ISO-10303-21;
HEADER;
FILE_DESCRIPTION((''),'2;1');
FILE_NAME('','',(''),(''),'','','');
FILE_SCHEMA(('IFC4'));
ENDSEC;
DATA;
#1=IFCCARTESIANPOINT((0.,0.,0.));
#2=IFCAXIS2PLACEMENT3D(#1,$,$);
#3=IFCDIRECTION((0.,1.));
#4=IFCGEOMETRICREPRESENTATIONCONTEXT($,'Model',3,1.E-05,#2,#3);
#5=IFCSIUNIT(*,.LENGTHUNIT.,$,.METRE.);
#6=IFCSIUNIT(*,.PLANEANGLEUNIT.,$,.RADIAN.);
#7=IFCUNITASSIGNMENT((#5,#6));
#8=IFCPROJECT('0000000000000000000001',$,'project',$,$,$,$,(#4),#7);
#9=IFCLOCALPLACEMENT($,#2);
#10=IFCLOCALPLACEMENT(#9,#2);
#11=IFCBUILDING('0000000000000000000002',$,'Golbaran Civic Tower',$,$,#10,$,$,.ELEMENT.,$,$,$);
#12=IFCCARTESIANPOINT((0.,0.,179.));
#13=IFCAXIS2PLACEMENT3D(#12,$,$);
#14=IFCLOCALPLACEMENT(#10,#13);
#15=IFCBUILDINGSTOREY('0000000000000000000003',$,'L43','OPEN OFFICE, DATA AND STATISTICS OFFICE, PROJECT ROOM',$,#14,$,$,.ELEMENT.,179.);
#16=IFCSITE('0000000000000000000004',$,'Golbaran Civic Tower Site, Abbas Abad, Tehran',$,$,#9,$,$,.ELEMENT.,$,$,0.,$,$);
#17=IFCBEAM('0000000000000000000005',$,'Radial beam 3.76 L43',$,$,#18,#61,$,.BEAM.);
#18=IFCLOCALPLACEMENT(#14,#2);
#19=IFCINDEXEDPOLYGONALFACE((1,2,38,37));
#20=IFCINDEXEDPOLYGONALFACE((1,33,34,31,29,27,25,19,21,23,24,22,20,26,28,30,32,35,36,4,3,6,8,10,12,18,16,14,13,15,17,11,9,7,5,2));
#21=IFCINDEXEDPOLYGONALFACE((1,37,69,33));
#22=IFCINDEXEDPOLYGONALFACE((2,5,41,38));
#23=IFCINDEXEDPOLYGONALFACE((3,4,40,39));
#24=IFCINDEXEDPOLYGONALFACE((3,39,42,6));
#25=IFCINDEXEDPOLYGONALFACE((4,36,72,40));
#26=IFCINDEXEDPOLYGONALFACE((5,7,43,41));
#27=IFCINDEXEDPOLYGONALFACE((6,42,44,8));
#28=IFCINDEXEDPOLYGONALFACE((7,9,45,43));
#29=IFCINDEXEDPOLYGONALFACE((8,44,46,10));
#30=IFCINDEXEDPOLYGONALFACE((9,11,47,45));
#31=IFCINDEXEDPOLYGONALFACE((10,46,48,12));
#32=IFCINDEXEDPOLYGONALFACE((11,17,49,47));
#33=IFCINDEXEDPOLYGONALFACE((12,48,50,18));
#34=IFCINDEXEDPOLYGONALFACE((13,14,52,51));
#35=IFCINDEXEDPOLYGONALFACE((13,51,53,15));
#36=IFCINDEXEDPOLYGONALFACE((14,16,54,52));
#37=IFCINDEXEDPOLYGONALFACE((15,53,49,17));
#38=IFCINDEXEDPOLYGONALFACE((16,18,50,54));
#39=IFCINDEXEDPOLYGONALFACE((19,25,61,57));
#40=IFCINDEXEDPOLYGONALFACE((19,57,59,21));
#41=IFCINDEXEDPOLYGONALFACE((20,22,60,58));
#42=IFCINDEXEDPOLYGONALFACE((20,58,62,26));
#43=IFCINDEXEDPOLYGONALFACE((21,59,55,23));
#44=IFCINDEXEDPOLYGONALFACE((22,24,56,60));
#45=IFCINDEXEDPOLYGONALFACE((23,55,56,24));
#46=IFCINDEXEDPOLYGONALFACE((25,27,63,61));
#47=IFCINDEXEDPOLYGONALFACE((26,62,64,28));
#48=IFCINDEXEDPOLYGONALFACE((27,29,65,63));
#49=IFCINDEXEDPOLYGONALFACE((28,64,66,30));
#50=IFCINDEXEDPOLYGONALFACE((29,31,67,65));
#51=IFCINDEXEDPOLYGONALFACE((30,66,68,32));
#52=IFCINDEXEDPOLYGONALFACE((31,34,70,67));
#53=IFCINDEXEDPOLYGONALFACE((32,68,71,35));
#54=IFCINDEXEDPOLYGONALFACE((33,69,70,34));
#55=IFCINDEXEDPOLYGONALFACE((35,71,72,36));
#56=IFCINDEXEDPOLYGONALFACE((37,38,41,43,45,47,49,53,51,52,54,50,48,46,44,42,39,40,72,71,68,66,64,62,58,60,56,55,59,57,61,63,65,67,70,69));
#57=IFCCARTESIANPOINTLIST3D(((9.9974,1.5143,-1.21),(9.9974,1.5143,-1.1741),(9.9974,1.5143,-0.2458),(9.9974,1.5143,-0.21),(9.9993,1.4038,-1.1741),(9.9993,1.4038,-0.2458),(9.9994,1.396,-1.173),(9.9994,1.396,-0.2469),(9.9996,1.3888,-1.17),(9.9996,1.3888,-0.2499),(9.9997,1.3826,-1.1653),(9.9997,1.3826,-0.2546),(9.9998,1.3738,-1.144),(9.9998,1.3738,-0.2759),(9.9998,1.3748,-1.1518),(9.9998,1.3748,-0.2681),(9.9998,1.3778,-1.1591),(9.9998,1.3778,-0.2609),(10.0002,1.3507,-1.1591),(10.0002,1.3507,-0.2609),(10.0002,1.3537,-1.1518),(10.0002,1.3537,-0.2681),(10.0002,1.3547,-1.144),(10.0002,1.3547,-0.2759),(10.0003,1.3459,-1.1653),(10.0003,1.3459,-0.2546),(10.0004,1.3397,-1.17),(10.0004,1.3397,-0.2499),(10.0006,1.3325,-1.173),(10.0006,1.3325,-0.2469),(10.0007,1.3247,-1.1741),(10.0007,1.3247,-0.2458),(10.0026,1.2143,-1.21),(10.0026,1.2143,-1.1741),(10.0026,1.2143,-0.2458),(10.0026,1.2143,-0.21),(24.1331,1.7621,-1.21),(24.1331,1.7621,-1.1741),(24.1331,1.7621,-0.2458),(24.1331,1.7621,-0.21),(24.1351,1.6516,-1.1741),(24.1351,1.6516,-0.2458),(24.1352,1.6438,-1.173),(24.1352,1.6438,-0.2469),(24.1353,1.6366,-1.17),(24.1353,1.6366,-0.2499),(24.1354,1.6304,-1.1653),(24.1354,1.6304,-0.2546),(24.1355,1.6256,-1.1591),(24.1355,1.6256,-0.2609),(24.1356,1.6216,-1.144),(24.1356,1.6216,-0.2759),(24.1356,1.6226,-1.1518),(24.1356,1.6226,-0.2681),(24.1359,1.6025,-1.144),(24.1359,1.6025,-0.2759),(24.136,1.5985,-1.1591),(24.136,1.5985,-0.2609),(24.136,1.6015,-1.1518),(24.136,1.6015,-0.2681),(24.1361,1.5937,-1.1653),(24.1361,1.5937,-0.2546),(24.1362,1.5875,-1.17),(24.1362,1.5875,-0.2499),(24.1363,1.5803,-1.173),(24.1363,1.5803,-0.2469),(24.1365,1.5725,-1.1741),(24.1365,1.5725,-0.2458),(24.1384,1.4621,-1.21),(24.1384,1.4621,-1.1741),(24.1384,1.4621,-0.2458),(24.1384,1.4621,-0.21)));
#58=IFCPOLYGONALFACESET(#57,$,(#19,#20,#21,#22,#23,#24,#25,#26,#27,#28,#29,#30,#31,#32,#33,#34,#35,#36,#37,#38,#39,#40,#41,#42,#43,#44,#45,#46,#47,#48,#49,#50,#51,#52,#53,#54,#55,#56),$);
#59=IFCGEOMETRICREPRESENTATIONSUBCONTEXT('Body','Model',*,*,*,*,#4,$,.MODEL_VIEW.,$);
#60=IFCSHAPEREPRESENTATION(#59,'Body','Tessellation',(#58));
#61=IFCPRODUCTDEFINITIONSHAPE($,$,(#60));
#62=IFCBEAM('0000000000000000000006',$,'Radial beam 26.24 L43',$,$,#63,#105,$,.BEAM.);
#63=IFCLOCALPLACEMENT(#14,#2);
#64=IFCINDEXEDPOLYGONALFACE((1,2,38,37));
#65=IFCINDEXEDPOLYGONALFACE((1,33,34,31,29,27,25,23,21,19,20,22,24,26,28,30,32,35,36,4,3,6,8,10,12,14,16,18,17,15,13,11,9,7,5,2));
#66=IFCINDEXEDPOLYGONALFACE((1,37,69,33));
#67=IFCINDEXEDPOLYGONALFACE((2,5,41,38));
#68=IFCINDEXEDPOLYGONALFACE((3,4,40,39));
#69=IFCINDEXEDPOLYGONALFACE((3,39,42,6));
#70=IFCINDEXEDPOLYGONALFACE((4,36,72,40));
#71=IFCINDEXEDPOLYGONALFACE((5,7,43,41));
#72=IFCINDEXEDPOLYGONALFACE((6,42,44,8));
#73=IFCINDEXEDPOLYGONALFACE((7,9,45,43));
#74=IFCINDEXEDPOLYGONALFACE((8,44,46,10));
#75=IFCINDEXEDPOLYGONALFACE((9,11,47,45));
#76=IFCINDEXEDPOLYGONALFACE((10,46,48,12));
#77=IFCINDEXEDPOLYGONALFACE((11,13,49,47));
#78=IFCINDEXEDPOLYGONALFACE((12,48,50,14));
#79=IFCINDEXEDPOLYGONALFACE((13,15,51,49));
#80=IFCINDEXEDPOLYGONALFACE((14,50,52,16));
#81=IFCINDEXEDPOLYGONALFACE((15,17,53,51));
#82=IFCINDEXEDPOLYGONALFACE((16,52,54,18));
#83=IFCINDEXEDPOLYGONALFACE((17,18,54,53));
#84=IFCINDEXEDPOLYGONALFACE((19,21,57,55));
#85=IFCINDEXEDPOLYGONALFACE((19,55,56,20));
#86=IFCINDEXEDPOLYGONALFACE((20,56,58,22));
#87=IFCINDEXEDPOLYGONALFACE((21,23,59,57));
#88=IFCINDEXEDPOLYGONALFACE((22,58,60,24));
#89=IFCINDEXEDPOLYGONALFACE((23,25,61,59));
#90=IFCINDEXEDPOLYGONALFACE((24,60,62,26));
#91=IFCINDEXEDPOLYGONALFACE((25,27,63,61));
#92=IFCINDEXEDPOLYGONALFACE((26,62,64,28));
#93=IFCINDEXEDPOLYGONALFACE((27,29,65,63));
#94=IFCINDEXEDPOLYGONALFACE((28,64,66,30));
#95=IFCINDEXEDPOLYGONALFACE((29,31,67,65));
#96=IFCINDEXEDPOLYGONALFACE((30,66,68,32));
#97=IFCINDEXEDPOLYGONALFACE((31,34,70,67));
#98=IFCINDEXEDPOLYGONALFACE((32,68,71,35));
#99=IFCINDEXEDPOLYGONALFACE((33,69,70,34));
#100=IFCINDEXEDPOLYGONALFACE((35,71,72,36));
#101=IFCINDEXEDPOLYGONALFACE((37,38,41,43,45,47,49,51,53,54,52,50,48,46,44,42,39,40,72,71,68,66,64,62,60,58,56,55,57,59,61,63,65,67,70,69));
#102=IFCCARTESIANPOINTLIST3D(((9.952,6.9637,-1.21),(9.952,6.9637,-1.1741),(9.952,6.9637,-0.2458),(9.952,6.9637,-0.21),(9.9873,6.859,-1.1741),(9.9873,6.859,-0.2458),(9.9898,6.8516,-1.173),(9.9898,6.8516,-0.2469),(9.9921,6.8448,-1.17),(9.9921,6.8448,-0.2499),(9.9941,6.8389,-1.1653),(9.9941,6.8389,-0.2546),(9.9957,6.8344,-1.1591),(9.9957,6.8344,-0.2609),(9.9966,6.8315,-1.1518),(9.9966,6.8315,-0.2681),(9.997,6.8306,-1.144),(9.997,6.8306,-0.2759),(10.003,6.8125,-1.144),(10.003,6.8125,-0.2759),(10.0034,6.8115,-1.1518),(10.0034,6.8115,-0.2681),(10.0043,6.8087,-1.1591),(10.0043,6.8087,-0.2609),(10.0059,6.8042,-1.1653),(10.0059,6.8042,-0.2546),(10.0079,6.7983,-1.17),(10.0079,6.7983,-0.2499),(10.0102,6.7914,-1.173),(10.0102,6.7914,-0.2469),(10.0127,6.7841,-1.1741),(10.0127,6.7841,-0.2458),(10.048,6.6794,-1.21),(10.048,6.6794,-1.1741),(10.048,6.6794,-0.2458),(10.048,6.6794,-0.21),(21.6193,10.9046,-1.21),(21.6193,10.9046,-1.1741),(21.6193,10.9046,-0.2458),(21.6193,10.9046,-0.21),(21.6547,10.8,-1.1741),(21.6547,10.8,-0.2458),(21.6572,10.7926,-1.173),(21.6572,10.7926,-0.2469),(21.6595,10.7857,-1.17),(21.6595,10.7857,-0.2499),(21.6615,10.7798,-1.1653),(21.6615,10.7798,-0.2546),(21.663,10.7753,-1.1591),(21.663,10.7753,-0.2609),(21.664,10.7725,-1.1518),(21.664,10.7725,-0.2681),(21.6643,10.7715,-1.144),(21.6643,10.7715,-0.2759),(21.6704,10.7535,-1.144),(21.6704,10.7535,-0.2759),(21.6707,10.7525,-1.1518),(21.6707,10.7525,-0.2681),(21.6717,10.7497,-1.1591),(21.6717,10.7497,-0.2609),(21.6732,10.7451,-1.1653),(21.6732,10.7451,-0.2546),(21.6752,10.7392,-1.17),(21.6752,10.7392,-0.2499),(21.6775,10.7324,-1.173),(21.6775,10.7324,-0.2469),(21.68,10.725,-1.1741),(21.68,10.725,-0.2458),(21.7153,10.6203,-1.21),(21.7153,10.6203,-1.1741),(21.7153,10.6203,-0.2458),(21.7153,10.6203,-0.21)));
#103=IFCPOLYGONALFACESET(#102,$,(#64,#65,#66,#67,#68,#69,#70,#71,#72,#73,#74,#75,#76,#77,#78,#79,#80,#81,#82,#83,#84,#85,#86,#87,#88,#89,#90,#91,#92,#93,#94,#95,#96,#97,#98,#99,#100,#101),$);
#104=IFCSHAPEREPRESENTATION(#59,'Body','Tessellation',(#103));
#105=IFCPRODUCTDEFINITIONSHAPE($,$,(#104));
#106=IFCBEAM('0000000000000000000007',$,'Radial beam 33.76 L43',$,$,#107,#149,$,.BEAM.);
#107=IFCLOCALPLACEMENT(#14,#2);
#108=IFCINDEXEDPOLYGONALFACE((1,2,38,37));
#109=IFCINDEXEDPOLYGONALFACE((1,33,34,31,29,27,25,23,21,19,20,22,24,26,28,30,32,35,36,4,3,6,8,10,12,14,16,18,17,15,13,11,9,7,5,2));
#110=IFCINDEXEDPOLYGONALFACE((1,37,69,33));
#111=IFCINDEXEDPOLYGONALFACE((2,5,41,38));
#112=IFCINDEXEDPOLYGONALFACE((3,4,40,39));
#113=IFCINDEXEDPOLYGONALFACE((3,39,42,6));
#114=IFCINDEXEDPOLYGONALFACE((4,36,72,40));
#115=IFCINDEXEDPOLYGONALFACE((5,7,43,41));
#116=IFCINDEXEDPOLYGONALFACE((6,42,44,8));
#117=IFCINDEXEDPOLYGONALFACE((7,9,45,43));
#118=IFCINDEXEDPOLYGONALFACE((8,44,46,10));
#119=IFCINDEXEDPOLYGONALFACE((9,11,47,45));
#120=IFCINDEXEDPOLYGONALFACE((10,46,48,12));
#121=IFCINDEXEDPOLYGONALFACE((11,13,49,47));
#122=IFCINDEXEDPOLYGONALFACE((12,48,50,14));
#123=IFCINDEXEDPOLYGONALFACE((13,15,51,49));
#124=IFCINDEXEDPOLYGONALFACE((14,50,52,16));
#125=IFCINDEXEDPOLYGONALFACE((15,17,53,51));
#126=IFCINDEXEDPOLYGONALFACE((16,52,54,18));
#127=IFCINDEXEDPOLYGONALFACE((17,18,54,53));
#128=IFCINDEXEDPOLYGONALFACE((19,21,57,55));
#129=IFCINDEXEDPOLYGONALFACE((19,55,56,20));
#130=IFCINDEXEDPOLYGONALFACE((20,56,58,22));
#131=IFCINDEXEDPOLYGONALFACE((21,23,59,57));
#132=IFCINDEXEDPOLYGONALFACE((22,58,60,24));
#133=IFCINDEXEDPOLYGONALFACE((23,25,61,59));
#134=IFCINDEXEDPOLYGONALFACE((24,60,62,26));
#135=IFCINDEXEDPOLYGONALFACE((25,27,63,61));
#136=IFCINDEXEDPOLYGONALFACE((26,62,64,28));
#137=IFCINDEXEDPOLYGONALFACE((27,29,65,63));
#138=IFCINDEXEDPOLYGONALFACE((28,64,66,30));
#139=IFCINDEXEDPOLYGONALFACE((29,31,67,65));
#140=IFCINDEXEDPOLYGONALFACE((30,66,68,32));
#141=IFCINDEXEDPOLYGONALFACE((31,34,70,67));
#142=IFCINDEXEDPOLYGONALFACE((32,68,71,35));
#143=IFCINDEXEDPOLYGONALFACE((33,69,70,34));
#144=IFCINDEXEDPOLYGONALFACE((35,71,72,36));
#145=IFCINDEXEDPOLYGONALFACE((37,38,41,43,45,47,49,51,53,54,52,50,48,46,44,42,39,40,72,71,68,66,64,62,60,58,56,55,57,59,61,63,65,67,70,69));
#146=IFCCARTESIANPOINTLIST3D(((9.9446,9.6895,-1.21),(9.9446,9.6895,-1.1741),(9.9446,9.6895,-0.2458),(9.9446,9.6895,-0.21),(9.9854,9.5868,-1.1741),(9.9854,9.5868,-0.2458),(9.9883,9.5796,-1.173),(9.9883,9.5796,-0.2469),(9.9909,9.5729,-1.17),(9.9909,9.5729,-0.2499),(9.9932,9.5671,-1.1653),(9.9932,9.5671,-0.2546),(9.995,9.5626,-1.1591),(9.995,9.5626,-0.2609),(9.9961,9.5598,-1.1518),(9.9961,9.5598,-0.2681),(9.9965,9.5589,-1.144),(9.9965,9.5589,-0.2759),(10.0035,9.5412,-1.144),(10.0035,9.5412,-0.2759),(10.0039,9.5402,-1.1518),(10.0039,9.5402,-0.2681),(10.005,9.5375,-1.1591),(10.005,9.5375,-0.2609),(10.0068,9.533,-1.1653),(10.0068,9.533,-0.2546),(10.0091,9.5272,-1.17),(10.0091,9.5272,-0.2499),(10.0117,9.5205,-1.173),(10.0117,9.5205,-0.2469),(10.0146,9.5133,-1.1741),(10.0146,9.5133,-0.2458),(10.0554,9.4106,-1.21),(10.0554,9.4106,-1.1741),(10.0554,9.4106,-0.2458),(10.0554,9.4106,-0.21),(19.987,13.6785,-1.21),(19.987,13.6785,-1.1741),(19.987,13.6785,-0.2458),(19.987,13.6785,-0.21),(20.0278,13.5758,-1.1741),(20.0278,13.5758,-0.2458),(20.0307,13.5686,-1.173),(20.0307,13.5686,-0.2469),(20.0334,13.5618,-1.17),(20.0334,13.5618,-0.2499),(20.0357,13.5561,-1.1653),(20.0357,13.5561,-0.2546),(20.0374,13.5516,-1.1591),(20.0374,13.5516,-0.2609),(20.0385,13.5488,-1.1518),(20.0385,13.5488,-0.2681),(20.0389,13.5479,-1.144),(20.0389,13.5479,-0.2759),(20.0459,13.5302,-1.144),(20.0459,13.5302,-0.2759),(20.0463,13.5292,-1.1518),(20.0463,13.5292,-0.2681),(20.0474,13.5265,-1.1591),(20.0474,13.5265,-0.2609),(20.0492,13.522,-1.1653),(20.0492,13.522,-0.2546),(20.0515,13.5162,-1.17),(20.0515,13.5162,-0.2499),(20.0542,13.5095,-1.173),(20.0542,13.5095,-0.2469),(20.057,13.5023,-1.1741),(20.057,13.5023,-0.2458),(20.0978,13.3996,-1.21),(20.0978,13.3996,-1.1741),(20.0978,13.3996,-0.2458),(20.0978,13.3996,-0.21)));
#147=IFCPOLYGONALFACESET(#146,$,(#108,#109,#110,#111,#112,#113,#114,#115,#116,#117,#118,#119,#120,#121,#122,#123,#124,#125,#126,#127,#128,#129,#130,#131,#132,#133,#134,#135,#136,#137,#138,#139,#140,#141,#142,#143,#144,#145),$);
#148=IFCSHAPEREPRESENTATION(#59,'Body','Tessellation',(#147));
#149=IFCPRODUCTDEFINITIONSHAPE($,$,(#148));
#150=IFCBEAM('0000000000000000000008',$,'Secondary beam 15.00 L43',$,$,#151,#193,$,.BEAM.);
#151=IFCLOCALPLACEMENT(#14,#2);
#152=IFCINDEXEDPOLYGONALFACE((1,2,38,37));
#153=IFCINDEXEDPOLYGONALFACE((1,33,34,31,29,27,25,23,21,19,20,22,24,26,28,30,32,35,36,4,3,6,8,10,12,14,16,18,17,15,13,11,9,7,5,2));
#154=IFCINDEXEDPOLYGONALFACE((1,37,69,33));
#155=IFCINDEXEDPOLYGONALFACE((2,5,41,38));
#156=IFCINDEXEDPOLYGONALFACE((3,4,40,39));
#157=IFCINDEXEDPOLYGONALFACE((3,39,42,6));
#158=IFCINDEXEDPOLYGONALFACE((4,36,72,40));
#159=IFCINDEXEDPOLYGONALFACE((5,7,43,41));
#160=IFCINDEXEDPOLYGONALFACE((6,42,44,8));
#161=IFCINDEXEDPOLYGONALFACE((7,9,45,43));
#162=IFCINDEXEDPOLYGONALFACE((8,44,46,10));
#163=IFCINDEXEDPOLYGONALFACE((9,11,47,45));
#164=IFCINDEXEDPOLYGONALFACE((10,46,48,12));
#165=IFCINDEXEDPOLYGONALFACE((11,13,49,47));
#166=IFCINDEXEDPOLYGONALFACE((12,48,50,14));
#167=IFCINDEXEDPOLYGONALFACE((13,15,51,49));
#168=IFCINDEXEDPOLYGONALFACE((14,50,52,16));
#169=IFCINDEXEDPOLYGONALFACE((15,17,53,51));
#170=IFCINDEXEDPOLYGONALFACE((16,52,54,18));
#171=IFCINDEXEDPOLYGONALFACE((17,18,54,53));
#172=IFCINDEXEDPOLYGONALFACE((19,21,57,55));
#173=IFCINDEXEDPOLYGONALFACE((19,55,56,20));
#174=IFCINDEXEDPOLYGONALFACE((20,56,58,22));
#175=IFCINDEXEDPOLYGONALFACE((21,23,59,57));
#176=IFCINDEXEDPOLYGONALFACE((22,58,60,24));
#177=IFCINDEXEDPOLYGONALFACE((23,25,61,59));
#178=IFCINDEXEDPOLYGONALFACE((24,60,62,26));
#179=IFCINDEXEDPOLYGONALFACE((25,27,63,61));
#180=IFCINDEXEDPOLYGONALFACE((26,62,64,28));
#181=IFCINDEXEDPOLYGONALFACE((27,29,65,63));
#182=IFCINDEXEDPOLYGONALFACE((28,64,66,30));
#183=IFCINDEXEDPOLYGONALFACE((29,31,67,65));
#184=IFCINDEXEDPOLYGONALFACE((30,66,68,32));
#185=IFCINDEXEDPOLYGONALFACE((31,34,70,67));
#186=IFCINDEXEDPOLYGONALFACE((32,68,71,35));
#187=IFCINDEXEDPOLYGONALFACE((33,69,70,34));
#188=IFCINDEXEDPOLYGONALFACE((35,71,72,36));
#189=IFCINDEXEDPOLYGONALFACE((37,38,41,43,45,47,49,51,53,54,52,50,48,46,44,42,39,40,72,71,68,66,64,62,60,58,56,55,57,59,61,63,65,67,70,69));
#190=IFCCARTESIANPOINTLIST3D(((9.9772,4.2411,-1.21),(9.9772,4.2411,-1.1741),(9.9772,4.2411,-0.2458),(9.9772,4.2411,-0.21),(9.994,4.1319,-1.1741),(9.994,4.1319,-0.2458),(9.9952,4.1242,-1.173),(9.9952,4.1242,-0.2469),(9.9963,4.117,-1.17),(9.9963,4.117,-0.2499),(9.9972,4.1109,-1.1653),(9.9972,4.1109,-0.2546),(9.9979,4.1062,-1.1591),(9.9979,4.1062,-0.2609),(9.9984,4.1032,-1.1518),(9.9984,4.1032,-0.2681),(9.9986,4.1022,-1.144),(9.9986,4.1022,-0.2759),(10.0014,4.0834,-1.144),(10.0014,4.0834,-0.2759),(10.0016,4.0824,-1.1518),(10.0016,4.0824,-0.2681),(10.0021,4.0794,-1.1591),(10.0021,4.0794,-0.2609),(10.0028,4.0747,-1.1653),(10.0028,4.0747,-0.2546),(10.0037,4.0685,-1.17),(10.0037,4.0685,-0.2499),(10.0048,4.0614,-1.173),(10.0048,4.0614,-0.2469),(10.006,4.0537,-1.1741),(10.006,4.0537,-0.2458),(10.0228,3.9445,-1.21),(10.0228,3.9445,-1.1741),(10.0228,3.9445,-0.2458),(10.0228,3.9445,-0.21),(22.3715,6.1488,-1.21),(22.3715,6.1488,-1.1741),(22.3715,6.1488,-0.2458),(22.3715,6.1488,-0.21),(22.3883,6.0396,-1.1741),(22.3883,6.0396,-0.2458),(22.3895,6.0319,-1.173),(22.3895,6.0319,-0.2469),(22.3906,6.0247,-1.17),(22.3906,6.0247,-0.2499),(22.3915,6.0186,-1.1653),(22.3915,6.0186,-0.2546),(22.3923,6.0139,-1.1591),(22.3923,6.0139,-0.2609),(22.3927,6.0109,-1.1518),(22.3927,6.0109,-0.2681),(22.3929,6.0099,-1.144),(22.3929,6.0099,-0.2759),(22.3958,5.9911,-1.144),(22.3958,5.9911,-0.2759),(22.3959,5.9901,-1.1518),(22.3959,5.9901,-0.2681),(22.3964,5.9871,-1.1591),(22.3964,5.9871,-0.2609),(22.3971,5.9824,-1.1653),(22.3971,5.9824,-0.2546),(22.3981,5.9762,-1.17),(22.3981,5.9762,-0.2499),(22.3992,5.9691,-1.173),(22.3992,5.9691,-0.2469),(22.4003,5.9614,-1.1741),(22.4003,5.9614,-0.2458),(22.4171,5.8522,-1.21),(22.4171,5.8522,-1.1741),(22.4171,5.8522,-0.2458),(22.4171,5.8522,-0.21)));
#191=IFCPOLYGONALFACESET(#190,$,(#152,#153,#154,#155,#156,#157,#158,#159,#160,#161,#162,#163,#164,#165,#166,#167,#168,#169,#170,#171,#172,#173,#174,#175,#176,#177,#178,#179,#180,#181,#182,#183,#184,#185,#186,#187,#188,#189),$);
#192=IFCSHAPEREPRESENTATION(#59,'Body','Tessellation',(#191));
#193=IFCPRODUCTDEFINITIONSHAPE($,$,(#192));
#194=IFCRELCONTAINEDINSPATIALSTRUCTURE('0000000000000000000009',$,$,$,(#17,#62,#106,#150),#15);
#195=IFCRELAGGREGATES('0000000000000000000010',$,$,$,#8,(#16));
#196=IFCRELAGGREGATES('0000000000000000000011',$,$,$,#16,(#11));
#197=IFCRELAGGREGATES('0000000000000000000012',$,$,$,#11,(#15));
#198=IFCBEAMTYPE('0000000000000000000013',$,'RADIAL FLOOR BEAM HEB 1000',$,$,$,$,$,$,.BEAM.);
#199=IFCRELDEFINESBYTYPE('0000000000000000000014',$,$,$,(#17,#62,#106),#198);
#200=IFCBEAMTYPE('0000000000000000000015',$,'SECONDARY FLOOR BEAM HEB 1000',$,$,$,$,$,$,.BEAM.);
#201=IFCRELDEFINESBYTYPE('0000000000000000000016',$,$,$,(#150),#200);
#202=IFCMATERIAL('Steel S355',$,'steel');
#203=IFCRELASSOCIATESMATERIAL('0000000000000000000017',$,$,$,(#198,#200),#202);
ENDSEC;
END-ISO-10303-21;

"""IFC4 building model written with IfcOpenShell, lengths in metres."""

from ifc_helpers import new_model, si_unit, direction, frame, origin, origin_2d, place, context, subcontext, project, spatial, i_section, extrude, material, material_profile, profile_set, type_object, element, save


model = new_model("IFC4")

# Units and contexts
model_context = context("Model", 3, precision=1e-05, world=origin(), true_north=direction((0.0, 1.0)))
body_context = subcontext(model_context, "Body", "Model", "MODEL_VIEW")
ifc_project = project(units=[si_unit("LENGTHUNIT", "METRE"), si_unit("PLANEANGLEUNIT", "RADIAN")], contexts=[model_context])

# Site, building, storey
site_placement = place(None, origin())
site = spatial("IfcSite", under=ifc_project, at=site_placement, Name="Golbaran Civic Tower Site, Abbas Abad, Tehran", CompositionType="ELEMENT", RefElevation=0.0)
building_placement = place(site_placement, origin())
building = spatial("IfcBuilding", under=site, at=building_placement, Name="Golbaran Civic Tower", CompositionType="ELEMENT")
storey_placement = place(building_placement, frame((0.0, 0.0, 179.0)))
storey = spatial("IfcBuildingStorey", under=building, at=storey_placement, Name="L43", Description="OPEN OFFICE, DATA AND STATISTICS OFFICE, PROJECT ROOM", CompositionType="ELEMENT", Elevation=179.0)

# Beams
ifc_material_1 = material(Name="Steel S355", Category="steel")
ifc_material_profile_1 = material_profile(ifc_material_1, i_section(OverallWidth=0.3, OverallDepth=1.0, WebThickness=0.019, FlangeThickness=0.0359, FilletRadius=0.03, at=origin_2d()), Name="HEB 1000")
ifc_profile_set_1 = profile_set([ifc_material_profile_1], Name="Steel S355")
beam_type_1 = type_object("IfcBeamType", Name="RADIAL FLOOR BEAM HEB 1000", PredefinedType="BEAM", material=ifc_profile_set_1)
beam_1_placement = place(storey_placement, frame((10.0, 1.3643, -0.71), z_axis=(0.999846, 0.017528, 0.0), x_axis=(-0.017528, 0.999846, 0.0)))
element("IfcBeam", 1, at=beam_1_placement, inside=storey, type_object=beam_type_1, Name="Radial beam 3.76 L43", PredefinedType="BEAM", context=body_context, shape_type="SweptSolid", body=[
    extrude(i_section(OverallWidth=0.3, OverallDepth=1.0, WebThickness=0.019, FlangeThickness=0.0359, FilletRadius=0.03, at=origin_2d()), origin(), (0.0, 0.0, 1.0), 14.1379),
])
beam_2_placement = place(storey_placement, frame((10.0, 6.8215, -0.71), z_axis=(0.947413, 0.320014, 0.0), x_axis=(-0.320014, 0.947413, 0.0)))
element("IfcBeam", 2, at=beam_2_placement, inside=storey, type_object=beam_type_1, Name="Radial beam 26.24 L43", PredefinedType="BEAM", context=body_context, shape_type="SweptSolid", body=[
    extrude(i_section(OverallWidth=0.3, OverallDepth=1.0, WebThickness=0.019, FlangeThickness=0.0359, FilletRadius=0.03, at=origin_2d()), origin(), (0.0, 0.0, 1.0), 12.3149),
])
beam_3_placement = place(storey_placement, frame((10.0, 9.55, -0.71), z_axis=(0.929367, 0.369158, 0.0), x_axis=(-0.369158, 0.929367, 0.0)))
element("IfcBeam", 3, at=beam_3_placement, inside=storey, type_object=beam_type_1, Name="Radial beam 33.76 L43", PredefinedType="BEAM", context=body_context, shape_type="SweptSolid", body=[
    extrude(i_section(OverallWidth=0.3, OverallDepth=1.0, WebThickness=0.019, FlangeThickness=0.0359, FilletRadius=0.03, at=origin_2d()), origin(), (0.0, 0.0, 1.0), 10.8057),
])
ifc_material_profile_2 = material_profile(ifc_material_1, i_section(OverallWidth=0.3, OverallDepth=1.0, WebThickness=0.019, FlangeThickness=0.0359, FilletRadius=0.03, at=origin_2d()), Name="HEB 1000")
ifc_profile_set_2 = profile_set([ifc_material_profile_2], Name="Steel S355")
beam_type_2 = type_object("IfcBeamType", Name="SECONDARY FLOOR BEAM HEB 1000", PredefinedType="BEAM", material=ifc_profile_set_2)
beam_4_placement = place(storey_placement, frame((10.0, 4.0928, -0.71), z_axis=(0.988361, 0.152127, 0.0), x_axis=(-0.152127, 0.988361, 0.0)))
element("IfcBeam", 4, at=beam_4_placement, inside=storey, type_object=beam_type_2, Name="Secondary beam 15.00 L43", PredefinedType="BEAM", context=body_context, shape_type="SweptSolid", body=[
    extrude(i_section(OverallWidth=0.3, OverallDepth=1.0, WebThickness=0.019, FlangeThickness=0.0359, FilletRadius=0.03, at=origin_2d()), origin(), (0.0, 0.0, 1.0), 12.5403),
])

save(model, "model.ifc")
